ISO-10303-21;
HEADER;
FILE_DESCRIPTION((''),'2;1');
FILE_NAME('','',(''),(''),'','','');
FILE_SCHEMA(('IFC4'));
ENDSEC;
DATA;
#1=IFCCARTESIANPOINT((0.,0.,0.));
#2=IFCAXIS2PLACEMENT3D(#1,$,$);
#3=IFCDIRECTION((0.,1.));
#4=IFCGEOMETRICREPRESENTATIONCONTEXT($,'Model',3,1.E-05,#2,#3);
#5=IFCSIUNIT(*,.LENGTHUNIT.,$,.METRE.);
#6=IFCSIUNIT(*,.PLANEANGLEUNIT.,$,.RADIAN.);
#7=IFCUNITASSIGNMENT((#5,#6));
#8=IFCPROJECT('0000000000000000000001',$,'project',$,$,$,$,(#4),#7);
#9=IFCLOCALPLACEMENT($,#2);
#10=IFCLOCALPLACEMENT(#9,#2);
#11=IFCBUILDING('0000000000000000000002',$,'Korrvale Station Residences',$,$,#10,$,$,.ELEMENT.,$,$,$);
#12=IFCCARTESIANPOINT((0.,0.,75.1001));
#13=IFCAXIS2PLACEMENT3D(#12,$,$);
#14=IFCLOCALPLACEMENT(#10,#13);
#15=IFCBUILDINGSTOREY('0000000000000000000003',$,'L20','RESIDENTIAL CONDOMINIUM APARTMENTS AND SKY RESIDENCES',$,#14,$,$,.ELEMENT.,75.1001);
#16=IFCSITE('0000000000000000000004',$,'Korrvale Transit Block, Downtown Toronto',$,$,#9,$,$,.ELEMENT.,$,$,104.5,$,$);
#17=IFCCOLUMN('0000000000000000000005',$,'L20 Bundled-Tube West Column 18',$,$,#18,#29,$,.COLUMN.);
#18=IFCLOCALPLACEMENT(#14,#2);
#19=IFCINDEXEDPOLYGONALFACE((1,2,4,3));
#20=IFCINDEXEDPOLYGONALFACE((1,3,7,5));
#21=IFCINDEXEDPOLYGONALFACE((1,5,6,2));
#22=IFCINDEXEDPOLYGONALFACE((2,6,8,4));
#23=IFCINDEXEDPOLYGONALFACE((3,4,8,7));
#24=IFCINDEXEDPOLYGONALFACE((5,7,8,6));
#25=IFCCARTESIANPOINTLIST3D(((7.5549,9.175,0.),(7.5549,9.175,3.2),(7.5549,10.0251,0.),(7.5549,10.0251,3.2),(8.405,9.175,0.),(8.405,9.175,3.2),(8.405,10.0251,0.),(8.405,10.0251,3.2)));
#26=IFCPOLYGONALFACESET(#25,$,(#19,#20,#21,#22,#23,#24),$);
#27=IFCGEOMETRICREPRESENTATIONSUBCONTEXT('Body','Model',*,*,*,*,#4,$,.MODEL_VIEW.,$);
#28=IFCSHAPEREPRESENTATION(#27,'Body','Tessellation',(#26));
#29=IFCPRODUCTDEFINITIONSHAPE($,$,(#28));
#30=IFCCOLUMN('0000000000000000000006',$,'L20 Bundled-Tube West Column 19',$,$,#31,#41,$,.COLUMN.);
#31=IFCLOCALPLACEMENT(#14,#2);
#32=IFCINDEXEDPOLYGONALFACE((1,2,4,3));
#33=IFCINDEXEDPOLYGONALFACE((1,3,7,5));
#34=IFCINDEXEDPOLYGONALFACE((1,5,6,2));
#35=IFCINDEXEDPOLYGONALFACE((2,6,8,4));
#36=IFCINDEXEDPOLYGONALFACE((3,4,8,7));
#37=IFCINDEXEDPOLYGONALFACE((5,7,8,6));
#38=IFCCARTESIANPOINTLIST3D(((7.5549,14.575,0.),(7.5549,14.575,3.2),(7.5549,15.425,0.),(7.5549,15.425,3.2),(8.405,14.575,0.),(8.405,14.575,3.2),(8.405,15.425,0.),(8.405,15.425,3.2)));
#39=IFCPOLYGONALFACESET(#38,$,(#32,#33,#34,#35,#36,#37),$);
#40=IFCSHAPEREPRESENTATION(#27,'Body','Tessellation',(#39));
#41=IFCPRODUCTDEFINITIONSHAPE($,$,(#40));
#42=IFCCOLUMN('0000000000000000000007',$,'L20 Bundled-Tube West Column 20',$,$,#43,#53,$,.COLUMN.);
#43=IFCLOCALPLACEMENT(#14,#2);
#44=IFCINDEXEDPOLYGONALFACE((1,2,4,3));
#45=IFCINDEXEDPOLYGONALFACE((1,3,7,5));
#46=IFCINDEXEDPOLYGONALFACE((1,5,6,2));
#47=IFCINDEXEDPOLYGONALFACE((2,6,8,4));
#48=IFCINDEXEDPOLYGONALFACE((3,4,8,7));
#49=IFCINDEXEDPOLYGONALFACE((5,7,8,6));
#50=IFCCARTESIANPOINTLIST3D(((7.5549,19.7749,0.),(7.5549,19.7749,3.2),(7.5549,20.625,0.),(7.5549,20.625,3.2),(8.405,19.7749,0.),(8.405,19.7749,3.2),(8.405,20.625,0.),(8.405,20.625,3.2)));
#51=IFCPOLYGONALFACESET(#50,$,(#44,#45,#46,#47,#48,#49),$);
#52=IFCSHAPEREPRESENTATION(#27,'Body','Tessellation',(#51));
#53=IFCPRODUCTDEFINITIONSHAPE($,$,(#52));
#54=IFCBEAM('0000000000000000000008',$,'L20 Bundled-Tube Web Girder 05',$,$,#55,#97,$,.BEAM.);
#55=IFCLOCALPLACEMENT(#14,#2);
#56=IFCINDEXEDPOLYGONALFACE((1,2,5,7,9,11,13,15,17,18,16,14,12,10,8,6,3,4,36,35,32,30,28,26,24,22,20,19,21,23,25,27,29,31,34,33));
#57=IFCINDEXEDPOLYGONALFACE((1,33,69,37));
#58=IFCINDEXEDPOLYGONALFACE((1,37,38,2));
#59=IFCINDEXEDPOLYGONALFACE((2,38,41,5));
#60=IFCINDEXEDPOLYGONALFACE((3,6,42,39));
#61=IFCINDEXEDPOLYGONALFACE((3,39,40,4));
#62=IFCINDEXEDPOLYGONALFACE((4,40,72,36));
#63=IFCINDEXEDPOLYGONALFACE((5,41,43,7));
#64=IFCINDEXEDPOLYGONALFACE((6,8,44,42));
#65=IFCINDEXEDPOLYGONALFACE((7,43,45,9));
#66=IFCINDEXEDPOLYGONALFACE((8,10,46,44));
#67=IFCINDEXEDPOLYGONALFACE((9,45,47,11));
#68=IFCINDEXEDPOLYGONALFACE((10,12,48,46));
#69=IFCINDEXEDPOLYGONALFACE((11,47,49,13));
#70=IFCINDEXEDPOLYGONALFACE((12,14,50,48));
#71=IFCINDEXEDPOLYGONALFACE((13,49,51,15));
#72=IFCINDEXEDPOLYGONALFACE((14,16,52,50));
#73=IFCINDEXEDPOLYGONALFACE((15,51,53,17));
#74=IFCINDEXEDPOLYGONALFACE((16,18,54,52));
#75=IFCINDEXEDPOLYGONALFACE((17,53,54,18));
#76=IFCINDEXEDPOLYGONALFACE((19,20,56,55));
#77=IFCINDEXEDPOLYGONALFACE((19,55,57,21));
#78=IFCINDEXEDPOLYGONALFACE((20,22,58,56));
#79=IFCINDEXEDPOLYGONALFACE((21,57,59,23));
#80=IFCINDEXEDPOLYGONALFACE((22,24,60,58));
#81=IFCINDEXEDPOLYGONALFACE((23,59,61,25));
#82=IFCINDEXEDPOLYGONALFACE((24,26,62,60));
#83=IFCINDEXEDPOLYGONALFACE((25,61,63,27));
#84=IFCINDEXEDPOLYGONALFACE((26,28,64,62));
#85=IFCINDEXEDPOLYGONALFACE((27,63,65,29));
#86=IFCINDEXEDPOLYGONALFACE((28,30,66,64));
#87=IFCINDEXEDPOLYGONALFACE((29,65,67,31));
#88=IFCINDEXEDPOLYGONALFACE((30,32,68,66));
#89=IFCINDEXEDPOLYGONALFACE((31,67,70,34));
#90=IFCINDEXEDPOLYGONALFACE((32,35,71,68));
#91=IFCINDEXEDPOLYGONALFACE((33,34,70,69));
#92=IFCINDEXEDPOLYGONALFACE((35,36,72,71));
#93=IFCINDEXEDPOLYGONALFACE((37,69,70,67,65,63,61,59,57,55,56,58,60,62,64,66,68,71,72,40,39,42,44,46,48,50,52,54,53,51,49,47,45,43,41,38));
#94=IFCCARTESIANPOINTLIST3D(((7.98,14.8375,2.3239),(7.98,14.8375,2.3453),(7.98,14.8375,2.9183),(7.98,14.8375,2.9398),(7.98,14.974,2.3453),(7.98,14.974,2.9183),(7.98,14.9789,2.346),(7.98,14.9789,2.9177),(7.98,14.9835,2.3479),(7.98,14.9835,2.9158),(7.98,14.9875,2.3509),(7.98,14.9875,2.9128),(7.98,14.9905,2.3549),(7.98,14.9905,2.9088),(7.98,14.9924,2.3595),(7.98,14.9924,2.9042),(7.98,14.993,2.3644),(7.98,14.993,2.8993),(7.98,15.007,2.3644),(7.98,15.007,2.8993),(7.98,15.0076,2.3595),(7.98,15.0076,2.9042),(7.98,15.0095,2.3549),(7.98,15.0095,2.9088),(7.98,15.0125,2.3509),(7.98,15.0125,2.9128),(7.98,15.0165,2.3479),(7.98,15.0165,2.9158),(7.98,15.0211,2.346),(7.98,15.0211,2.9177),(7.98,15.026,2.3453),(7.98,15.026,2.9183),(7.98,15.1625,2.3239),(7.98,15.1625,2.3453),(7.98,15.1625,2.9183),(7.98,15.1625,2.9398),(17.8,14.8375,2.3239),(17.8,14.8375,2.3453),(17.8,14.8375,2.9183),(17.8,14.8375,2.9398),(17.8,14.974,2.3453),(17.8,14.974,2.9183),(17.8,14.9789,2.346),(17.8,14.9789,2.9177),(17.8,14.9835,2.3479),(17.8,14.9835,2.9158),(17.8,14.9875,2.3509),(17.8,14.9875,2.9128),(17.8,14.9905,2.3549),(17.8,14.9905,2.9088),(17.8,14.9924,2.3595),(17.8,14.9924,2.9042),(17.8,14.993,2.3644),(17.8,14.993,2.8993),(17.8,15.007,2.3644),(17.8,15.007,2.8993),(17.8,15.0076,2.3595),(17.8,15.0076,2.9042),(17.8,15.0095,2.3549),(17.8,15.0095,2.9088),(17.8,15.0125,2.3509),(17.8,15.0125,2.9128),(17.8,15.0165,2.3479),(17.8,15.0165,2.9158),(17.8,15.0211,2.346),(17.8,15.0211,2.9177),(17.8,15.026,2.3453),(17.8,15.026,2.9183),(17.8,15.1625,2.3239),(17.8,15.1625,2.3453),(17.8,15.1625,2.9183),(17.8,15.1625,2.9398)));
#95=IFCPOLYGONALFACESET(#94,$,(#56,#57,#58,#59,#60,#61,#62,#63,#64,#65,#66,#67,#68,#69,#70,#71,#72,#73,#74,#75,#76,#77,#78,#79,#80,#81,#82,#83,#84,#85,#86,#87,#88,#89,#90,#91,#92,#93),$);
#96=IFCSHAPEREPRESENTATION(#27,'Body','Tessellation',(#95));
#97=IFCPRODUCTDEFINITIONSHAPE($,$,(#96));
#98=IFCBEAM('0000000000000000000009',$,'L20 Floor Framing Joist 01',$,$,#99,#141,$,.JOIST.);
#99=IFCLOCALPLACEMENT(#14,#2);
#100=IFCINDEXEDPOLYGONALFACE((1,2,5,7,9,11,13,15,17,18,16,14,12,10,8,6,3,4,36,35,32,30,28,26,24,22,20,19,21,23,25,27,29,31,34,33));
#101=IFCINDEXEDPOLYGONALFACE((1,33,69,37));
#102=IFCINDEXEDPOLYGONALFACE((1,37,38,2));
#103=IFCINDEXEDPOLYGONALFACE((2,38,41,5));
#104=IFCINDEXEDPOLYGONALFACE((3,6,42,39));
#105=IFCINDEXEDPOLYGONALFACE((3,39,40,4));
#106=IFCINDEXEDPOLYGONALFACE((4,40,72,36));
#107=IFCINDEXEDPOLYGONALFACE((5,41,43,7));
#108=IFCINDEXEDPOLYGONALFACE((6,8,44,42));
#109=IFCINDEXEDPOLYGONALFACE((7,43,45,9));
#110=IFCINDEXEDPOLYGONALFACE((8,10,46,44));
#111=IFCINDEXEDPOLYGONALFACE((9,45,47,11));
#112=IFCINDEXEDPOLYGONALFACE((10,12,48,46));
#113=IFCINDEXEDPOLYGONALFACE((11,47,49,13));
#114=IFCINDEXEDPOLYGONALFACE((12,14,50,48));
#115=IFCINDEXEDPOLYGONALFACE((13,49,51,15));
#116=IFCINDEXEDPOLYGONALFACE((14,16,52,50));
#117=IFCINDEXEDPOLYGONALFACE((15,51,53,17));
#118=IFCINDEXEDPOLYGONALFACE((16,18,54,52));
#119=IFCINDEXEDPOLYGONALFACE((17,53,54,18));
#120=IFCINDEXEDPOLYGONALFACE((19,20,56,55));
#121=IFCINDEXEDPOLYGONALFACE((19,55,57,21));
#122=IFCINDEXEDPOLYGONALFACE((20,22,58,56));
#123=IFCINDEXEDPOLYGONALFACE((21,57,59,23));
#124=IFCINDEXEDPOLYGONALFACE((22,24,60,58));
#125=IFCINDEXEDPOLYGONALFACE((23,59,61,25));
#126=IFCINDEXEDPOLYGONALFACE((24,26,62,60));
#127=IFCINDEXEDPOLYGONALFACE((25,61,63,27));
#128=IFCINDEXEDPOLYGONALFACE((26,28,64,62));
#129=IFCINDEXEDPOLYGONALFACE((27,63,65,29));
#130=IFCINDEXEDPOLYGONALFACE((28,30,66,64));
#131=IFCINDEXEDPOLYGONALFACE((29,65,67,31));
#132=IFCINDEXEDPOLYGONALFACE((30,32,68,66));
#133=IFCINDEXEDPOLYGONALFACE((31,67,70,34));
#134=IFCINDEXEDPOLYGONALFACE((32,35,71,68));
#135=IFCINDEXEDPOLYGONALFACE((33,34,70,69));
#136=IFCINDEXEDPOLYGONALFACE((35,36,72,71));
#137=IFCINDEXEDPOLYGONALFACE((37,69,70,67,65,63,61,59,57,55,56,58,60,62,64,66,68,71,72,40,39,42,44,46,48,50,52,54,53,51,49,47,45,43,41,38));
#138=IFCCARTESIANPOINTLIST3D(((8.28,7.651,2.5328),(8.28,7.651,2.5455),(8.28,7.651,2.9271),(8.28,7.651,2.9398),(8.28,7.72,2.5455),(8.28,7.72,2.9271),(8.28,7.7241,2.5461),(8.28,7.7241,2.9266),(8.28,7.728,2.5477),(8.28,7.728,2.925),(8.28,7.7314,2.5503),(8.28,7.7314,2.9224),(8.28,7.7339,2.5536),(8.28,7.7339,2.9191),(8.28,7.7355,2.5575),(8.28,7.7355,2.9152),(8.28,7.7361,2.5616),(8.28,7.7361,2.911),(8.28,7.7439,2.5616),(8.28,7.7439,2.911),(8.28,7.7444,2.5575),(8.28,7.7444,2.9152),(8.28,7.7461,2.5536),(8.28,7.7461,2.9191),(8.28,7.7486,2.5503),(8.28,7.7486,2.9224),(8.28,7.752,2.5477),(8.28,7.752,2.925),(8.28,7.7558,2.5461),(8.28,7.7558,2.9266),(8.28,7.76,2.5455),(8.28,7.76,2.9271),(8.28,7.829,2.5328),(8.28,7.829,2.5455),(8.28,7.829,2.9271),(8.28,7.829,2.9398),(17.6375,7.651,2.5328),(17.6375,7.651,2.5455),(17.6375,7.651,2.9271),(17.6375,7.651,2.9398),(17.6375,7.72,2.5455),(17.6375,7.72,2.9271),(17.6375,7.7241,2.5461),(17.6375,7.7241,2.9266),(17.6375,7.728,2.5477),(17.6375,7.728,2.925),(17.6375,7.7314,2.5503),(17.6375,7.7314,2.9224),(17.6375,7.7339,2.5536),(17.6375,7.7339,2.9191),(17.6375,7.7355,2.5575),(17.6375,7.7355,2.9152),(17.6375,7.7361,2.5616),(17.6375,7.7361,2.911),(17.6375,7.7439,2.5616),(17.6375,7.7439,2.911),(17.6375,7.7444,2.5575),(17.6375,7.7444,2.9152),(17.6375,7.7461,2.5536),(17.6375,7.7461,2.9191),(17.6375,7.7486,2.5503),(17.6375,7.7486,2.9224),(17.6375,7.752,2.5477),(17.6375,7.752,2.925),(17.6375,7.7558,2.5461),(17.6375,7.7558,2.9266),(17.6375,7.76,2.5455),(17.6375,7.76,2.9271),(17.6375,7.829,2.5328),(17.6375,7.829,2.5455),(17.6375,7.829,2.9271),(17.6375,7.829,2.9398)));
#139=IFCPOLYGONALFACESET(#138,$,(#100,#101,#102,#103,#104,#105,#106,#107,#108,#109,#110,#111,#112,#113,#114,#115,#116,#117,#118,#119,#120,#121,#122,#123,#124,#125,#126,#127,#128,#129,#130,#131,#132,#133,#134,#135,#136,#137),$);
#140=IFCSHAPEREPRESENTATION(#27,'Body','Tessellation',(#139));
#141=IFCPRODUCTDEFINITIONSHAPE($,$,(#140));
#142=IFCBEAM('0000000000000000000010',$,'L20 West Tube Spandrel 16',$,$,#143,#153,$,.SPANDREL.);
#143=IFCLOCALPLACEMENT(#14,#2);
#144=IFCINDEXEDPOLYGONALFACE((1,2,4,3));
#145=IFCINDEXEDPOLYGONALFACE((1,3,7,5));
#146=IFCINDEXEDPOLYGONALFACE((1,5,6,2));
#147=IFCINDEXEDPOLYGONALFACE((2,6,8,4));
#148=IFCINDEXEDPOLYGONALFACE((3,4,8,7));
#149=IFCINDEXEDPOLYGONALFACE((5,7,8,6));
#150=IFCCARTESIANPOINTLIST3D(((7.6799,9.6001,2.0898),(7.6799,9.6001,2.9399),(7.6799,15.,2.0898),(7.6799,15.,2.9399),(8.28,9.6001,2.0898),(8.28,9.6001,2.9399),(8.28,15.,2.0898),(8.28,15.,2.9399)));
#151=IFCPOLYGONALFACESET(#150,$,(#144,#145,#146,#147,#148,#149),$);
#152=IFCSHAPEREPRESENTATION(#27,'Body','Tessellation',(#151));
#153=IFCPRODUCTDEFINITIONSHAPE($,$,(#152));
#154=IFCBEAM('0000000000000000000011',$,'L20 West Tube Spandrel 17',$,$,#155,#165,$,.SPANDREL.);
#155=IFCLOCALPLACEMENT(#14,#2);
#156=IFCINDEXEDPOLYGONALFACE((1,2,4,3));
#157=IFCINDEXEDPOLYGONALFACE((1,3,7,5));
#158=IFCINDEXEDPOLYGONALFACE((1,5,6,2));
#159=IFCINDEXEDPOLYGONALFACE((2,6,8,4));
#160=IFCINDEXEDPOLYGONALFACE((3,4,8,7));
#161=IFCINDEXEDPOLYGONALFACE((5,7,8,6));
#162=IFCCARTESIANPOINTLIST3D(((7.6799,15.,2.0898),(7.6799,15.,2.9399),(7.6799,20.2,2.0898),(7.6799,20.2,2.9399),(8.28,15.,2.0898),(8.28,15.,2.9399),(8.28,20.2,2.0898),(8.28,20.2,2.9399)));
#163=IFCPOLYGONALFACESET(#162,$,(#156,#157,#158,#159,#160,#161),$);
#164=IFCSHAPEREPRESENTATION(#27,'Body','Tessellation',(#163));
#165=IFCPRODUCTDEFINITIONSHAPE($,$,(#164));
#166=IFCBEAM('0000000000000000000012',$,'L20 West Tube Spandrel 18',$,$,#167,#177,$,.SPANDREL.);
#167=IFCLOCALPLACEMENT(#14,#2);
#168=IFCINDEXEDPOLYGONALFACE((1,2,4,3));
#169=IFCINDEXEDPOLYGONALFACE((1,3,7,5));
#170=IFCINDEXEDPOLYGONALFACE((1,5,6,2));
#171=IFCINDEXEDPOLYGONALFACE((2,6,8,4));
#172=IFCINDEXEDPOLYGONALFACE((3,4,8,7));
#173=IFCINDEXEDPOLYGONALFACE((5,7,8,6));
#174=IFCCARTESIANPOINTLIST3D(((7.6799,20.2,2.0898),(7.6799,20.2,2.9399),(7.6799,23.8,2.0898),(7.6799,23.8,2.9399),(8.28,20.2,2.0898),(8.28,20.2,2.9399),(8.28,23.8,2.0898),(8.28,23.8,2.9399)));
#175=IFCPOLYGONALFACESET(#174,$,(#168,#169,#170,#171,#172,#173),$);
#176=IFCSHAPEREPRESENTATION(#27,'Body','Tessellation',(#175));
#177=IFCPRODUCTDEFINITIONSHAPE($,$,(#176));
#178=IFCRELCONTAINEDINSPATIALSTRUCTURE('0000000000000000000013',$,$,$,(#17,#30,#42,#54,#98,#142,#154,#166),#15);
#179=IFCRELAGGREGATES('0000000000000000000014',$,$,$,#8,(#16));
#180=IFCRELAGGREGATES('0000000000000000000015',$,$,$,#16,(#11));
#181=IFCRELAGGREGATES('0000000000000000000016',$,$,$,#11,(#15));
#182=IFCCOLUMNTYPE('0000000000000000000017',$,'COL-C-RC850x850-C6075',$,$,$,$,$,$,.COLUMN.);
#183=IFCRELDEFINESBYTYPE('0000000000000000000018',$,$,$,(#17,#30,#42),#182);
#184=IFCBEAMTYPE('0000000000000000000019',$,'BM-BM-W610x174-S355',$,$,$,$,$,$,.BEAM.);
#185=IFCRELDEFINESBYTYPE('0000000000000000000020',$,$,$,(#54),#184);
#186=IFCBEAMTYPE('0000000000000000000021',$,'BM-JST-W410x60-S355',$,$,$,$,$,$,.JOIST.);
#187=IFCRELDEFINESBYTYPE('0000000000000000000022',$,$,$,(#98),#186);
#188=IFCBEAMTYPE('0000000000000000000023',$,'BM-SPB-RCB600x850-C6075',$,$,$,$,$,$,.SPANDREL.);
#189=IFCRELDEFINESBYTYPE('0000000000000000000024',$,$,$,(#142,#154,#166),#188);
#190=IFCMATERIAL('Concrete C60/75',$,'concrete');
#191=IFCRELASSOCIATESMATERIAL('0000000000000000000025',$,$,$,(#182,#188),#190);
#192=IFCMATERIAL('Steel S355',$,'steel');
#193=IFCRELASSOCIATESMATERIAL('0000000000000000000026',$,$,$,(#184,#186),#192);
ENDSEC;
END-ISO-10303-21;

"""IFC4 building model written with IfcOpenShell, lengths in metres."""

from ifc_helpers import new_model, si_unit, direction, frame, origin, origin_2d, place, context, subcontext, project, spatial, rectangle, i_section, extrude, material, material_profile, profile_set, type_object, element, save


model = new_model("IFC4")

# Units and contexts
model_context = context("Model", 3, precision=1e-05, world=origin(), true_north=direction((0.0, 1.0)))
body_context = subcontext(model_context, "Body", "Model", "MODEL_VIEW")
ifc_project = project(units=[si_unit("LENGTHUNIT", "METRE"), si_unit("PLANEANGLEUNIT", "RADIAN")], contexts=[model_context])

# Site, building, storey
site_placement = place(None, origin())
site = spatial("IfcSite", under=ifc_project, at=site_placement, Name="Korrvale Transit Block, Downtown Toronto", CompositionType="ELEMENT", RefElevation=104.5)
building_placement = place(site_placement, origin())
building = spatial("IfcBuilding", under=site, at=building_placement, Name="Korrvale Station Residences", CompositionType="ELEMENT")
storey_placement = place(building_placement, frame((0.0, 0.0, 75.1001)))
storey = spatial("IfcBuildingStorey", under=building, at=storey_placement, Name="L20", Description="RESIDENTIAL CONDOMINIUM APARTMENTS AND SKY RESIDENCES", CompositionType="ELEMENT", Elevation=75.1001)

# Columns
ifc_material_1 = material(Name="Concrete C60/75", Category="concrete")
ifc_material_profile_1 = material_profile(ifc_material_1, rectangle(XDim=0.8501, YDim=0.8501, at=origin_2d()), Name="RC850x850")
ifc_profile_set_1 = profile_set([ifc_material_profile_1], Name="Concrete C60/75")
column_type = type_object("IfcColumnType", Name="COL-C-RC850x850-C6075", PredefinedType="COLUMN", material=ifc_profile_set_1)
for number, where, z_axis, x_axis, name in (
    (1, (7.98, 9.6001, 0.0), (0.0, 0.0, 1.0), (1.0, 0.0, 0.0), "L20 Bundled-Tube West Column 18"),
    (2, (7.98, 15.0, 0.0), (0.0, 0.0, 1.0), (1.0, 0.0, 0.0), "L20 Bundled-Tube West Column 19"),
    (3, (7.98, 20.2, 0.0), (0.0, 0.0, 1.0), (1.0, 0.0, 0.0), "L20 Bundled-Tube West Column 20"),
):
    element("IfcColumn", number, at=place(storey_placement, frame(where, z_axis=z_axis, x_axis=x_axis)), inside=storey, type_object=column_type, Name=name, PredefinedType="COLUMN", context=body_context, shape_type="SweptSolid", body=[
        extrude(rectangle(XDim=0.8501, YDim=0.8501, at=origin_2d()), origin(), (0.0, 0.0, 1.0), 3.2),
    ])

# Beams
ifc_material_2 = material(Name="Steel S355", Category="steel")
ifc_material_profile_2 = material_profile(ifc_material_2, i_section(OverallWidth=0.325, OverallDepth=0.616, WebThickness=0.0139, FlangeThickness=0.0215, FilletRadius=0.019, at=origin_2d()), Name="W610x174")
ifc_profile_set_2 = profile_set([ifc_material_profile_2], Name="Steel S355")
beam_type_1 = type_object("IfcBeamType", Name="BM-BM-W610x174-S355", PredefinedType="BEAM", material=ifc_profile_set_2)
beam_1_placement = place(storey_placement, frame((7.98, 15.0, 2.6318), z_axis=(1.0, 0.0, 0.0), x_axis=(0.0, 1.0, 0.0)))
element("IfcBeam", 4, at=beam_1_placement, inside=storey, type_object=beam_type_1, Name="L20 Bundled-Tube Web Girder 05", PredefinedType="BEAM", context=body_context, shape_type="SweptSolid", body=[
    extrude(i_section(OverallWidth=0.325, OverallDepth=0.616, WebThickness=0.0139, FlangeThickness=0.0215, FilletRadius=0.019, at=origin_2d()), origin(), (0.0, 0.0, 1.0), 9.8201),
])
ifc_material_profile_3 = material_profile(ifc_material_2, i_section(OverallWidth=0.178, OverallDepth=0.407, WebThickness=0.0078, FlangeThickness=0.0127, FilletRadius=0.0161, at=origin_2d()), Name="W410x60")
ifc_profile_set_3 = profile_set([ifc_material_profile_3], Name="Steel S355")
beam_type_2 = type_object("IfcBeamType", Name="BM-JST-W410x60-S355", PredefinedType="JOIST", material=ifc_profile_set_3)
beam_2_placement = place(storey_placement, frame((8.28, 7.74, 2.7363), z_axis=(1.0, 0.0, 0.0), x_axis=(0.0, 1.0, 0.0)))
element("IfcBeam", 5, at=beam_2_placement, inside=storey, type_object=beam_type_2, Name="L20 Floor Framing Joist 01", PredefinedType="JOIST", context=body_context, shape_type="SweptSolid", body=[
    extrude(i_section(OverallWidth=0.178, OverallDepth=0.407, WebThickness=0.0078, FlangeThickness=0.0127, FilletRadius=0.0161, at=origin_2d()), origin(), (0.0, 0.0, 1.0), 9.3574),
])
ifc_material_profile_4 = material_profile(ifc_material_1, rectangle(XDim=0.6001, YDim=0.8501, at=origin_2d()), Name="RCB600x850")
ifc_profile_set_4 = profile_set([ifc_material_profile_4], Name="Concrete C60/75")
beam_type_3 = type_object("IfcBeamType", Name="BM-SPB-RCB600x850-C6075", PredefinedType="SPANDREL", material=ifc_profile_set_4)
beam_3_placement = place(storey_placement, frame((7.98, 9.6001, 2.5149), z_axis=(0.0, 1.0, 0.0), x_axis=(-1.0, 0.0, 0.0)))
element("IfcBeam", 6, at=beam_3_placement, inside=storey, type_object=beam_type_3, Name="L20 West Tube Spandrel 16", PredefinedType="SPANDREL", context=body_context, shape_type="SweptSolid", body=[
    extrude(rectangle(XDim=0.6001, YDim=0.8501, at=origin_2d()), origin(), (0.0, 0.0, 1.0), 5.3999),
])
beam_4_placement = place(storey_placement, frame((7.98, 15.0, 2.5149), z_axis=(0.0, 1.0, 0.0), x_axis=(-1.0, 0.0, 0.0)))
element("IfcBeam", 7, at=beam_4_placement, inside=storey, type_object=beam_type_3, Name="L20 West Tube Spandrel 17", PredefinedType="SPANDREL", context=body_context, shape_type="SweptSolid", body=[
    extrude(rectangle(XDim=0.6001, YDim=0.8501, at=origin_2d()), origin(), (0.0, 0.0, 1.0), 5.2),
])
beam_5_placement = place(storey_placement, frame((7.98, 20.2, 2.5149), z_axis=(0.0, 1.0, 0.0), x_axis=(-1.0, 0.0, 0.0)))
element("IfcBeam", 8, at=beam_5_placement, inside=storey, type_object=beam_type_3, Name="L20 West Tube Spandrel 18", PredefinedType="SPANDREL", context=body_context, shape_type="SweptSolid", body=[
    extrude(rectangle(XDim=0.6001, YDim=0.8501, at=origin_2d()), origin(), (0.0, 0.0, 1.0), 3.6001),
])

save(model, "model.ifc")
